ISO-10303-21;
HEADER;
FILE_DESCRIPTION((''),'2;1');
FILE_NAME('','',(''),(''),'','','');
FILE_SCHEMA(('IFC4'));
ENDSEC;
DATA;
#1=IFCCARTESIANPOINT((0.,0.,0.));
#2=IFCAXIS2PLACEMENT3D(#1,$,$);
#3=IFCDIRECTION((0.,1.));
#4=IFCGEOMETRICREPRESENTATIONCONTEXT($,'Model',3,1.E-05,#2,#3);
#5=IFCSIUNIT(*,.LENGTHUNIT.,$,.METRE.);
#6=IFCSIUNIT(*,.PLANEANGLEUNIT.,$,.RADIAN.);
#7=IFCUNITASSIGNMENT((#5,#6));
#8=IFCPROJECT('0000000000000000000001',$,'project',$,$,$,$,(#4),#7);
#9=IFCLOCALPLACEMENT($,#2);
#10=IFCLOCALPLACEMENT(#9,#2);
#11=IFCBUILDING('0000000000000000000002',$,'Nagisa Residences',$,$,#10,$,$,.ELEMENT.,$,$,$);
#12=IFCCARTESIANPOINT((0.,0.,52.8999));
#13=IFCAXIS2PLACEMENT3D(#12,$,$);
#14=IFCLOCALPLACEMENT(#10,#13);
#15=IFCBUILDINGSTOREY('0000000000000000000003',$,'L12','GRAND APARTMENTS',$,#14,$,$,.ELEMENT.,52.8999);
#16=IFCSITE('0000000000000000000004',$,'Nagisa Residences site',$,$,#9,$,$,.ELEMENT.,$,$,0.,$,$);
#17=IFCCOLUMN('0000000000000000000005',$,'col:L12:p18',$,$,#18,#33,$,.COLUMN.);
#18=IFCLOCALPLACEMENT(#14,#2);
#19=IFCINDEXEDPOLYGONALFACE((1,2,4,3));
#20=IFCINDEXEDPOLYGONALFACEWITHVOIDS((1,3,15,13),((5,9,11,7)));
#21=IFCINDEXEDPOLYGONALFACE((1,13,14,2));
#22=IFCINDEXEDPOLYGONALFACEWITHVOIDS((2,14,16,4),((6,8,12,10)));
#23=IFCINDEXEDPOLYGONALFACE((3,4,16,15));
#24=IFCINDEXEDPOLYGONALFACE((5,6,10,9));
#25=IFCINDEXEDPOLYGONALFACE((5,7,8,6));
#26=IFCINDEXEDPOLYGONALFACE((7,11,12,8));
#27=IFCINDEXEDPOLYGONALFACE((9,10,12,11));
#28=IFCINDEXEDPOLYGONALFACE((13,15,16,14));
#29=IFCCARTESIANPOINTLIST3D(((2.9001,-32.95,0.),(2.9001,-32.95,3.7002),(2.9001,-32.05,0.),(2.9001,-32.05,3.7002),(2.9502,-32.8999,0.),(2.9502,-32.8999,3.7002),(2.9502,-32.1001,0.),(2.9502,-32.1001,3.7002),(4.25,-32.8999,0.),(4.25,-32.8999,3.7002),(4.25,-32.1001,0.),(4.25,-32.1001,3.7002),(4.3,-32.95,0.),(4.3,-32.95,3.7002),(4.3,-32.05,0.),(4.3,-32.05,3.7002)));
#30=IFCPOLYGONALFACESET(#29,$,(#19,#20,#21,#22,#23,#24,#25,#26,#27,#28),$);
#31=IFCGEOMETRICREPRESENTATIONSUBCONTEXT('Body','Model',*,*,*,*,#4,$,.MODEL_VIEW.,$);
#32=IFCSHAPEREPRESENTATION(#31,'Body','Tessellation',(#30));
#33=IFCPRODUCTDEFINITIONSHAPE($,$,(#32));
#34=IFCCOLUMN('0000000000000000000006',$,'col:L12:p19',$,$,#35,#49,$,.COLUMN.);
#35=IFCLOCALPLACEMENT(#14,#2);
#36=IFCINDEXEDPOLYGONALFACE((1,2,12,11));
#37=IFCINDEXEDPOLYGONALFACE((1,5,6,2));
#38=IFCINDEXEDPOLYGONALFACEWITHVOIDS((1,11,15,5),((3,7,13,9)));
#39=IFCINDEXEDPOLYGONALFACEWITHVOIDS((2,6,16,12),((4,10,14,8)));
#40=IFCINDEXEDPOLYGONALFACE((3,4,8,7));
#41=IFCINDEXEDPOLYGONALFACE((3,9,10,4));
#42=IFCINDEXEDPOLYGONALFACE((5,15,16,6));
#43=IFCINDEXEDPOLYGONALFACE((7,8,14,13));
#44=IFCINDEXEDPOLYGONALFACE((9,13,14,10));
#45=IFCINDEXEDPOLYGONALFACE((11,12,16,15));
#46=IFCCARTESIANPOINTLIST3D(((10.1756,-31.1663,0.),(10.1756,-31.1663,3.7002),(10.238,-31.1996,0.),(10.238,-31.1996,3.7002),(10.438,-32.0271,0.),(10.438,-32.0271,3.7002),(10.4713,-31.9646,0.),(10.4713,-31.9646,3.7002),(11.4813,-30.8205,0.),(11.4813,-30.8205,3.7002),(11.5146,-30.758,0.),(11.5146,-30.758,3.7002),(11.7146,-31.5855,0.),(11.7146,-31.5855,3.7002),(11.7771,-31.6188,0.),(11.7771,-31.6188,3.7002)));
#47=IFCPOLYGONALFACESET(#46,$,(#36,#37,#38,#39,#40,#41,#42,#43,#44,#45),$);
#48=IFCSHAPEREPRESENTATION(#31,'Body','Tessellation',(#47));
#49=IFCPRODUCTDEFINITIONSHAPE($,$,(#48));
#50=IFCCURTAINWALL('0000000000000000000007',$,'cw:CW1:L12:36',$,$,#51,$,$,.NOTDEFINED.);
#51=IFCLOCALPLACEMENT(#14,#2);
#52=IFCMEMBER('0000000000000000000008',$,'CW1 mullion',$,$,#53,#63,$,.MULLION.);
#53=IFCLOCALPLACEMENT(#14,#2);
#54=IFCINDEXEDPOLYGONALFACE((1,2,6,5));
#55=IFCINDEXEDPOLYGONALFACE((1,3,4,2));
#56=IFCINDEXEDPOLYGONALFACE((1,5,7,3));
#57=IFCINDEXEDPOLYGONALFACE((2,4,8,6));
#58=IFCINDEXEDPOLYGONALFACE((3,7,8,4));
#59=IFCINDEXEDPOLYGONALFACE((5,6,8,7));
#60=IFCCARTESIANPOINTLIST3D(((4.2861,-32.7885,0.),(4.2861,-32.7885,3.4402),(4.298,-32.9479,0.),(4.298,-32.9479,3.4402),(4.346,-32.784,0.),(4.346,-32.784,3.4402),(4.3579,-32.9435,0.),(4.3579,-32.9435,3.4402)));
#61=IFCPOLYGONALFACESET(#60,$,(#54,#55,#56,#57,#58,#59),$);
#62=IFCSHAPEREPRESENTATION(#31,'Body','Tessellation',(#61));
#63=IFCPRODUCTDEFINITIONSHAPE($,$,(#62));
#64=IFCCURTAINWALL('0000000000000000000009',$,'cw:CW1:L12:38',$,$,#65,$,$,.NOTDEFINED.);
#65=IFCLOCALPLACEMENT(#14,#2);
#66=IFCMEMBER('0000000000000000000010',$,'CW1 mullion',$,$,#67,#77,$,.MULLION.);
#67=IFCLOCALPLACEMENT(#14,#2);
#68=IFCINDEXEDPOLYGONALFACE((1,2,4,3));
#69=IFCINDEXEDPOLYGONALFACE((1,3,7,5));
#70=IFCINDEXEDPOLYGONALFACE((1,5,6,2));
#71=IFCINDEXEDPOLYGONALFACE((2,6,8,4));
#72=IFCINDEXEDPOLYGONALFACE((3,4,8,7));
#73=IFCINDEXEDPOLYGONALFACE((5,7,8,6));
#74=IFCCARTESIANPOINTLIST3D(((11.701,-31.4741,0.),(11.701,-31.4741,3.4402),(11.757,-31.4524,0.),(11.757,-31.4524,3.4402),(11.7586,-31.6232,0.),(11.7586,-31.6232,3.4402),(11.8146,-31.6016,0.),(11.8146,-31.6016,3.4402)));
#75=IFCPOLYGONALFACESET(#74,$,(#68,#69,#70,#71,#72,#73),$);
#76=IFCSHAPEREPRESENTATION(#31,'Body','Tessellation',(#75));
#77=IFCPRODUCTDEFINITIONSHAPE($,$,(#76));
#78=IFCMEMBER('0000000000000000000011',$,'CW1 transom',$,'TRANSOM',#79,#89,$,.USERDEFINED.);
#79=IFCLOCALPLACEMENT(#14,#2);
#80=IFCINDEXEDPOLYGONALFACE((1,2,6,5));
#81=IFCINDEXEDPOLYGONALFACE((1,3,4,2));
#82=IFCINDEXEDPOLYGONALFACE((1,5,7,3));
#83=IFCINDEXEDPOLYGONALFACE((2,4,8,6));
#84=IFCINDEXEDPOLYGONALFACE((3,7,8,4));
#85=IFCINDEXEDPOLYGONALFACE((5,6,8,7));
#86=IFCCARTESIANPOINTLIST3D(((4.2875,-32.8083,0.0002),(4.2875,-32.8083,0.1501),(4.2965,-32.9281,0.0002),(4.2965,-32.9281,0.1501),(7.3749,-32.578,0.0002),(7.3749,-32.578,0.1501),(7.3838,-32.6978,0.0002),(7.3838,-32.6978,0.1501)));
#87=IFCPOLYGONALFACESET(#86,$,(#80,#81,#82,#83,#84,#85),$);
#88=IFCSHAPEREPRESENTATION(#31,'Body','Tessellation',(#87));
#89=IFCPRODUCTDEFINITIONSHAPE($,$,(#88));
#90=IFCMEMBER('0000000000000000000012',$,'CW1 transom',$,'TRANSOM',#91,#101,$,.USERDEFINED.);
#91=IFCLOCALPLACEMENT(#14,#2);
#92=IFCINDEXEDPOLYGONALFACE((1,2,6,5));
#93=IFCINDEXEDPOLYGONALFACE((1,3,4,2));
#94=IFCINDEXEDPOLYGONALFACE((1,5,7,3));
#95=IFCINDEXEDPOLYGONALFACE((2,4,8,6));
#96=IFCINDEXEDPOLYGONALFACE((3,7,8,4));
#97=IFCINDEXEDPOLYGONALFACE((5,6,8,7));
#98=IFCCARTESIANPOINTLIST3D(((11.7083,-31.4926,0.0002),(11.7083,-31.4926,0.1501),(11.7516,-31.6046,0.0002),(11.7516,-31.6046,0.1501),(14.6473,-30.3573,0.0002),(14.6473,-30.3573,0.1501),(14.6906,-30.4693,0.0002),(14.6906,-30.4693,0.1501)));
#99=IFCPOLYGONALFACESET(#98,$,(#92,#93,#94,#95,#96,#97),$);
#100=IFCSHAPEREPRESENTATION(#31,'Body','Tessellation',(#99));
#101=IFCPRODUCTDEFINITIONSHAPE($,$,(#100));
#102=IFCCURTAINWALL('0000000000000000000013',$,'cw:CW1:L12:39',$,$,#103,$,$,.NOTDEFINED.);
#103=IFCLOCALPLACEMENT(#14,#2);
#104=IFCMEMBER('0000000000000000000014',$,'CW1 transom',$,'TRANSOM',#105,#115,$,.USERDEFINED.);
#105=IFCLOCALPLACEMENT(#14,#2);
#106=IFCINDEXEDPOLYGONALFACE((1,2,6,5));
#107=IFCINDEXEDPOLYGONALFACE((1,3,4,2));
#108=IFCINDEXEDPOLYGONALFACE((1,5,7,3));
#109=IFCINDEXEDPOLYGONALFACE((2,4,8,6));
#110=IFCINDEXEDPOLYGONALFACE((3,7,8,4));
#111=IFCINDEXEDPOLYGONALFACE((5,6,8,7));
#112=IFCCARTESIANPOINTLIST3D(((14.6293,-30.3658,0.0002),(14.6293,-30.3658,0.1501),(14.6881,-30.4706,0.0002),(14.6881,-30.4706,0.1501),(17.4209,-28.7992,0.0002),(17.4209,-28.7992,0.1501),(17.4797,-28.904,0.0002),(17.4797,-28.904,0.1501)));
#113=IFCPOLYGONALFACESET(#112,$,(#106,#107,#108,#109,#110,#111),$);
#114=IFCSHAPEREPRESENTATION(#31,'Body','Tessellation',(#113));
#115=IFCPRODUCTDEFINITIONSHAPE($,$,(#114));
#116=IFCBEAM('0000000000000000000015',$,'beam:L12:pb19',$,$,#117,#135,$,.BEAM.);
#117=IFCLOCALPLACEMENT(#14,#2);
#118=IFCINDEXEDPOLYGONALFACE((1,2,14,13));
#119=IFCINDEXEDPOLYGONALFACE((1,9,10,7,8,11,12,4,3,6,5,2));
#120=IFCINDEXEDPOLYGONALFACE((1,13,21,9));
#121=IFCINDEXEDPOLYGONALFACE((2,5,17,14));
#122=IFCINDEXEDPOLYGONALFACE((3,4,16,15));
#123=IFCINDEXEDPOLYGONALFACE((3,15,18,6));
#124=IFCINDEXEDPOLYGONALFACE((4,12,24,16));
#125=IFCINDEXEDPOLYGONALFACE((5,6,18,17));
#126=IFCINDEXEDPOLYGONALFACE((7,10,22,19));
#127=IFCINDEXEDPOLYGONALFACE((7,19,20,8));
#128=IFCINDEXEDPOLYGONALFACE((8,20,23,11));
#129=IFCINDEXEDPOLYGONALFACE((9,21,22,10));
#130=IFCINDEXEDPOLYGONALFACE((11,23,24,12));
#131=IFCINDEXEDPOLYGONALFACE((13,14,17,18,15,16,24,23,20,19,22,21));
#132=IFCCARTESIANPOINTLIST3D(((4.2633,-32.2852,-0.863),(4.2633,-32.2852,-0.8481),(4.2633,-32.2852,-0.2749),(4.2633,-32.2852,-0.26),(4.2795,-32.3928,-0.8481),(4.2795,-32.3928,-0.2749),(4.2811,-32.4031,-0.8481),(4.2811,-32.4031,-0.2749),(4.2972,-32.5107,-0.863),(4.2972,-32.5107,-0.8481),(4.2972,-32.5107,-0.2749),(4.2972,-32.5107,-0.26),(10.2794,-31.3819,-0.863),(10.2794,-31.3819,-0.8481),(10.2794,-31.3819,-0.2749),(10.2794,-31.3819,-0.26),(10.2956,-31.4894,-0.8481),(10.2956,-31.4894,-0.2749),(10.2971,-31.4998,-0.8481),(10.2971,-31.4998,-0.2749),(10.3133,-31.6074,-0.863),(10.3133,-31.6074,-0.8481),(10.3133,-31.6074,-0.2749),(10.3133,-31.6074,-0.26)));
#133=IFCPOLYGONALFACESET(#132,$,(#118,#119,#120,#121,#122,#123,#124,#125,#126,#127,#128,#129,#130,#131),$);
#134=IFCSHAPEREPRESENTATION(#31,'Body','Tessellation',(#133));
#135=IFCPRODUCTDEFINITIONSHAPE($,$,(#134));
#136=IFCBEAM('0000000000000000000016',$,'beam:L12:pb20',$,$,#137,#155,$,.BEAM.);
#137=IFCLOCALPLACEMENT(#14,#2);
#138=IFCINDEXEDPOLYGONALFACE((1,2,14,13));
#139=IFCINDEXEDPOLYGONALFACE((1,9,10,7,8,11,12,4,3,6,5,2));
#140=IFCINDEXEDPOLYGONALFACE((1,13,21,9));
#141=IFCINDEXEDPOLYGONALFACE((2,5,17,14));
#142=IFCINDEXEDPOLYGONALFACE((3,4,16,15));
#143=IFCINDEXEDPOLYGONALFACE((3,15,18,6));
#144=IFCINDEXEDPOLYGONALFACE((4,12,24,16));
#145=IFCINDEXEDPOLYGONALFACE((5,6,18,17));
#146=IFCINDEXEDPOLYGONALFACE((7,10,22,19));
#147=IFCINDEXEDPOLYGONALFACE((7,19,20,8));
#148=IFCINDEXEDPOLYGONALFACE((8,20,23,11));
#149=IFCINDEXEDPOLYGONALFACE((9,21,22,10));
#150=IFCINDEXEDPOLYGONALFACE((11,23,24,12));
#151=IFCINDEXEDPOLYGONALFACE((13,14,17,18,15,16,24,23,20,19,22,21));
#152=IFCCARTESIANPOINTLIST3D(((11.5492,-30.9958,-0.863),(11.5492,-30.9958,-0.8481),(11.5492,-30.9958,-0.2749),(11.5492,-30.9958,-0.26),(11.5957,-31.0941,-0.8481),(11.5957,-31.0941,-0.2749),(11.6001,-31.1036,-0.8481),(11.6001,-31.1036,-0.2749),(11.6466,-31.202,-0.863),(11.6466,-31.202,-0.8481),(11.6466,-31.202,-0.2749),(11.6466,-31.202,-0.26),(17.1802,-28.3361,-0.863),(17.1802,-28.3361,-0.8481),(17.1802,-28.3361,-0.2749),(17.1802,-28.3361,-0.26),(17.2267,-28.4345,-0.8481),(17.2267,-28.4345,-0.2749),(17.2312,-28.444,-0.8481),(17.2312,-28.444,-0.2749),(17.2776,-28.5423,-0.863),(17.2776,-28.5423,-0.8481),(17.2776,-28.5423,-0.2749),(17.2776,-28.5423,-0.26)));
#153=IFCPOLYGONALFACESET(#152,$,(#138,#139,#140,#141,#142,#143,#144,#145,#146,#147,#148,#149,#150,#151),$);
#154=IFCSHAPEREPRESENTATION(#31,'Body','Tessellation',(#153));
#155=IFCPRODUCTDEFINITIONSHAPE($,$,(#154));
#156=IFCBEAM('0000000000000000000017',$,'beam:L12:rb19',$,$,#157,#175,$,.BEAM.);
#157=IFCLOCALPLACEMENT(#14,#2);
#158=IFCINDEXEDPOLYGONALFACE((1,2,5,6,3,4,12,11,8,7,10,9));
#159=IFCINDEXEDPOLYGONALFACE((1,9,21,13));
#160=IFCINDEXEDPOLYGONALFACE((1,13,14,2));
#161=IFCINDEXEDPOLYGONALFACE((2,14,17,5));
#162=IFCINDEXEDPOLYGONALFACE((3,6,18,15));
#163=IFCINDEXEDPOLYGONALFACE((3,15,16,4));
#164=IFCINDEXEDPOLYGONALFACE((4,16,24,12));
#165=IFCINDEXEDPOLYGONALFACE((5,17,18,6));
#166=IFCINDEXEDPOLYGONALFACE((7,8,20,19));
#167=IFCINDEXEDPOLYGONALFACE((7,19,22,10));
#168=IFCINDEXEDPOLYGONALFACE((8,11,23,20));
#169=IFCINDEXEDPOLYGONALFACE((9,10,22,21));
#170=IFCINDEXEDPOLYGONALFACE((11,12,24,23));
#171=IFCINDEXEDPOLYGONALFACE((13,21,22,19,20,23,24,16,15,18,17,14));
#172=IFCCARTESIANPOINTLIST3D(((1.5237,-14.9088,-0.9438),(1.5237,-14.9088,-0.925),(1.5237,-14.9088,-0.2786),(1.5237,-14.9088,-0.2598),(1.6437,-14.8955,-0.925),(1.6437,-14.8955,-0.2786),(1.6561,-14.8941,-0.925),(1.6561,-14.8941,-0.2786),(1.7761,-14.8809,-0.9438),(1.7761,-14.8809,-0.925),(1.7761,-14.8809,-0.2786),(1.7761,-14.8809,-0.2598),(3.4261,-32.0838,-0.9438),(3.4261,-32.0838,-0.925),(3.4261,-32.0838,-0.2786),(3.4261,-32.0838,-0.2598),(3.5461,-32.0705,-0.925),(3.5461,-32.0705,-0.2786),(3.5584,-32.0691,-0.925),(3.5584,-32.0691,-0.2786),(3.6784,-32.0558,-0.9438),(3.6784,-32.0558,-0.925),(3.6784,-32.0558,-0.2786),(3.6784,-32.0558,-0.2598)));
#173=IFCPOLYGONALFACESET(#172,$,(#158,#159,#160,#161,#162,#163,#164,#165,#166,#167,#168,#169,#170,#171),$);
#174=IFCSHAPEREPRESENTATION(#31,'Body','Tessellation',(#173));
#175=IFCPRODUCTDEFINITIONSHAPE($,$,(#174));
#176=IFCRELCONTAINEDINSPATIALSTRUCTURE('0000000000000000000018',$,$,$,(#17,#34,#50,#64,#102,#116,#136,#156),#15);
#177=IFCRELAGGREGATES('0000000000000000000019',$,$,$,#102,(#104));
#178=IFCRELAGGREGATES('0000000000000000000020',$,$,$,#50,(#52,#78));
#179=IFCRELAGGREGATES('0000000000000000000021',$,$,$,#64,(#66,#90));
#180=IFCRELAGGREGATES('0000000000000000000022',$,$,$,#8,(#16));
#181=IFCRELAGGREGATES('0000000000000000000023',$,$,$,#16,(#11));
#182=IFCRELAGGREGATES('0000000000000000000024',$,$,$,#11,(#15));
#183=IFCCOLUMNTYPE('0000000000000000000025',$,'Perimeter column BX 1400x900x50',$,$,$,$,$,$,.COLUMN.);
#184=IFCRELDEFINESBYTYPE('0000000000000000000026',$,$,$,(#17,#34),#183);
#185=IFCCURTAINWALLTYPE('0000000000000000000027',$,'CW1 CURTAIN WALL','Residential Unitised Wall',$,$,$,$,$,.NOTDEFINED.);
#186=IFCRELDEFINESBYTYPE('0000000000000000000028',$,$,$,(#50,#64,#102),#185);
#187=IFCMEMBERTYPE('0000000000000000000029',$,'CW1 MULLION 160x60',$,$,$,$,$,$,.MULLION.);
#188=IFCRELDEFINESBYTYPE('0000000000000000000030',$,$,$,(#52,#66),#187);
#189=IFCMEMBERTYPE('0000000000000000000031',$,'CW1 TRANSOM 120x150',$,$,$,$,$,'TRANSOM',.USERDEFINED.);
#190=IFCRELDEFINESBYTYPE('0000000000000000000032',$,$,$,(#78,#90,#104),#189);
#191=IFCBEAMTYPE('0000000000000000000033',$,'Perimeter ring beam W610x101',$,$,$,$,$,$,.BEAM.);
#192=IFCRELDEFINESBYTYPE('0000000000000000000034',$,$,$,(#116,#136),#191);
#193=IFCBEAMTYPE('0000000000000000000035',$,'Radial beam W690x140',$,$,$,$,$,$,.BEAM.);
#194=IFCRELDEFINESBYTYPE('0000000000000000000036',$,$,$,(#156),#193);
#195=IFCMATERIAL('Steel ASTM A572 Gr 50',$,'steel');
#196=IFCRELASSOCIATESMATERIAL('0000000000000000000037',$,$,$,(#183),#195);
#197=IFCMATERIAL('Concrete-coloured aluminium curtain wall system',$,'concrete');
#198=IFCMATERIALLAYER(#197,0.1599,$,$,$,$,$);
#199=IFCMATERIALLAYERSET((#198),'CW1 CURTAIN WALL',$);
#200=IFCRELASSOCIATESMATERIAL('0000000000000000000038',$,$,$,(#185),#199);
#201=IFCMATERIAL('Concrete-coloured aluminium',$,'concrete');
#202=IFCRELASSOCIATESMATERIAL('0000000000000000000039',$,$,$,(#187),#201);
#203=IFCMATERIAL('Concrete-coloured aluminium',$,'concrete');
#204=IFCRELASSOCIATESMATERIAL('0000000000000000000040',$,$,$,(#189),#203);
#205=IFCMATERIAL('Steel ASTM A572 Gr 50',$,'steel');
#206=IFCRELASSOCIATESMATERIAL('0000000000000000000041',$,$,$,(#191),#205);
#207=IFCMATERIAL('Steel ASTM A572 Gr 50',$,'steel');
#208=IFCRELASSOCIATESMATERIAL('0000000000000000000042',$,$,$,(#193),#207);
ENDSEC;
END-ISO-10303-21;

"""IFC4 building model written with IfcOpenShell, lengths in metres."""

from ifc_helpers import new_model, si_unit, direction, frame, origin, origin_2d, place, context, subcontext, project, spatial, rectangle, hollow_rectangle, i_section, extrude, material, layer, layer_set, material_profile, profile_set, type_object, element, aggregate, save


model = new_model("IFC4")

# Units and contexts
model_context = context("Model", 3, precision=1e-05, world=origin(), true_north=direction((0.0, 1.0)))
body_context = subcontext(model_context, "Body", "Model", "MODEL_VIEW")
ifc_project = project(units=[si_unit("LENGTHUNIT", "METRE"), si_unit("PLANEANGLEUNIT", "RADIAN")], contexts=[model_context])

# Site, building, storey
site_placement = place(None, origin())
site = spatial("IfcSite", under=ifc_project, at=site_placement, Name="Nagisa Residences site", CompositionType="ELEMENT", RefElevation=0.0)
building_placement = place(site_placement, origin())
building = spatial("IfcBuilding", under=site, at=building_placement, Name="Nagisa Residences", CompositionType="ELEMENT")
storey_placement = place(building_placement, frame((0.0, 0.0, 52.8999)))
storey = spatial("IfcBuildingStorey", under=building, at=storey_placement, Name="L12", Description="GRAND APARTMENTS", CompositionType="ELEMENT", Elevation=52.8999)

# Columns
ifc_material_1 = material(Name="Steel ASTM A572 Gr 50", Category="steel")
ifc_material_profile_1 = material_profile(ifc_material_1, hollow_rectangle(XDim=1.3999, YDim=0.8999, WallThickness=0.05, at=origin_2d()), Name="BX 1400x900x50")
ifc_profile_set_1 = profile_set([ifc_material_profile_1], Name="Steel ASTM A572 Gr 50")
column_type = type_object("IfcColumnType", Name="Perimeter column BX 1400x900x50", PredefinedType="COLUMN", material=ifc_profile_set_1)
for number, where, z_axis, x_axis, name in (
    (1, (3.6001, -32.5, 0.0), (0.0, 0.0, 1.0), (1.0, 0.0, 0.0), "col:L12:p18"),
    (2, (10.9763, -31.3926, 0.0), (0.0, 0.0, 1.0), (0.956525, 0.291652, 0.0), "col:L12:p19"),
):
    element("IfcColumn", number, at=place(storey_placement, frame(where, z_axis=z_axis, x_axis=x_axis)), inside=storey, type_object=column_type, Name=name, PredefinedType="COLUMN", context=body_context, shape_type="SweptSolid", body=[
        extrude(hollow_rectangle(XDim=1.3999, YDim=0.8999, WallThickness=0.05, at=origin_2d()), origin(), (0.0, 0.0, 1.0), 3.7002),
    ])

# Curtain walls, members
ifc_material_2 = material(Name="Concrete-coloured aluminium curtain wall system", Category="concrete")
ifc_layer_1 = layer(ifc_material_2, 0.1599)
ifc_layer_set_1 = layer_set([ifc_layer_1], Name="CW1 CURTAIN WALL")
curtain_wall_type = type_object("IfcCurtainWallType", Name="CW1 CURTAIN WALL", Description="Residential Unitised Wall", PredefinedType="NOTDEFINED", material=ifc_layer_set_1)
curtain_wall_1_placement = place(storey_placement, origin())
curtain_wall_1 = element("IfcCurtainWall", 3, at=curtain_wall_1_placement, inside=storey, type_object=curtain_wall_type, Name="cw:CW1:L12:36", PredefinedType="NOTDEFINED")
ifc_material_3 = material(Name="Concrete-coloured aluminium", Category="concrete")
ifc_material_profile_2 = material_profile(ifc_material_3, rectangle(XDim=0.1599, YDim=0.0601, at=origin_2d()), Name="CW1 MULLION 160x60")
ifc_profile_set_2 = profile_set([ifc_material_profile_2], Name="Concrete-coloured aluminium")
member_type_1 = type_object("IfcMemberType", Name="CW1 MULLION 160x60", PredefinedType="MULLION", material=ifc_profile_set_2)
member_1_placement = place(storey_placement, frame((4.322, -32.866, 0.0), z_axis=(0.0, 0.0, 1.0), x_axis=(-0.074377, 0.99723, 0.0)))
member_1 = element("IfcMember", 4, at=member_1_placement, type_object=member_type_1, Name="CW1 mullion", PredefinedType="MULLION", context=body_context, shape_type="SweptSolid", body=[
    extrude(rectangle(XDim=0.1599, YDim=0.0601, at=origin_2d()), origin(), (0.0, 0.0, 1.0), 3.4402),
])
curtain_wall_2_placement = place(storey_placement, origin())
curtain_wall_2 = element("IfcCurtainWall", 5, at=curtain_wall_2_placement, inside=storey, type_object=curtain_wall_type, Name="cw:CW1:L12:38", PredefinedType="NOTDEFINED")
member_2_placement = place(storey_placement, frame((11.7578, -31.5378, 0.0), z_axis=(0.0, 0.0, 1.0), x_axis=(-0.360328, 0.932826, 0.0)))
member_2 = element("IfcMember", 6, at=member_2_placement, type_object=member_type_1, Name="CW1 mullion", PredefinedType="MULLION", context=body_context, shape_type="SweptSolid", body=[
    extrude(rectangle(XDim=0.1599, YDim=0.0601, at=origin_2d()), origin(), (0.0, 0.0, 1.0), 3.4402),
])

# Members
ifc_material_4 = material(Name="Concrete-coloured aluminium", Category="concrete")
ifc_material_profile_3 = material_profile(ifc_material_4, rectangle(XDim=0.1201, YDim=0.1499, at=origin_2d()), Name="CW1 TRANSOM 120x150")
ifc_profile_set_3 = profile_set([ifc_material_profile_3], Name="Concrete-coloured aluminium")
member_type_2 = type_object("IfcMemberType", Name="CW1 TRANSOM 120x150", ElementType="TRANSOM", PredefinedType="USERDEFINED", material=ifc_profile_set_3)
member_3_placement = place(storey_placement, frame((4.292, -32.8682, 0.0752), z_axis=(0.997231, 0.074363, 0.0), x_axis=(-0.074363, 0.997231, 0.0)))
member_3 = element("IfcMember", 7, at=member_3_placement, type_object=member_type_2, Name="CW1 transom", ObjectType="TRANSOM", PredefinedType="USERDEFINED", context=body_context, shape_type="SweptSolid", body=[
    extrude(rectangle(XDim=0.1201, YDim=0.1499, at=origin_2d()), origin(), (0.0, 0.0, 1.0), 3.0959),
])
member_4_placement = place(storey_placement, frame((11.73, -31.5486, 0.0752), z_axis=(0.932825, 0.360329, 0.0), x_axis=(-0.360329, 0.932825, 0.0)))
member_4 = element("IfcMember", 8, at=member_4_placement, type_object=member_type_2, Name="CW1 transom", ObjectType="TRANSOM", PredefinedType="USERDEFINED", context=body_context, shape_type="SweptSolid", body=[
    extrude(rectangle(XDim=0.1201, YDim=0.1499, at=origin_2d()), origin(), (0.0, 0.0, 1.0), 3.1506),
])

# Curtain wall, member
curtain_wall_3_placement = place(storey_placement, origin())
curtain_wall_3 = element("IfcCurtainWall", 9, at=curtain_wall_3_placement, inside=storey, type_object=curtain_wall_type, Name="cw:CW1:L12:39", PredefinedType="NOTDEFINED")
member_5_placement = place(storey_placement, frame((14.6587, -30.4182, 0.0752), z_axis=(0.87207, 0.489381, 0.0), x_axis=(-0.489381, 0.87207, 0.0)))
member_5 = element("IfcMember", 10, at=member_5_placement, type_object=member_type_2, Name="CW1 transom", ObjectType="TRANSOM", PredefinedType="USERDEFINED", context=body_context, shape_type="SweptSolid", body=[
    extrude(rectangle(XDim=0.1201, YDim=0.1499, at=origin_2d()), origin(), (0.0, 0.0, 1.0), 3.2012),
])
aggregate(curtain_wall_3, [member_5])

# Beams
ifc_material_5 = material(Name="Steel ASTM A572 Gr 50", Category="steel")
ifc_material_profile_4 = material_profile(ifc_material_5, i_section(OverallWidth=0.228, OverallDepth=0.603, WebThickness=0.0105, FlangeThickness=0.0149, at=origin_2d()), Name="W610x101")
ifc_profile_set_4 = profile_set([ifc_material_profile_4], Name="Steel ASTM A572 Gr 50")
beam_type_1 = type_object("IfcBeamType", Name="Perimeter ring beam W610x101", PredefinedType="BEAM", material=ifc_profile_set_4)
beam_1_placement = place(storey_placement, frame((4.2803, -32.3979, -0.5615), z_axis=(0.988915, 0.148486, 0.0), x_axis=(-0.148486, 0.988915, 0.0)))
element("IfcBeam", 11, at=beam_1_placement, inside=storey, type_object=beam_type_1, Name="beam:L12:pb19", PredefinedType="BEAM", context=body_context, shape_type="SweptSolid", body=[
    extrude(i_section(OverallWidth=0.228, OverallDepth=0.603, WebThickness=0.0105, FlangeThickness=0.0149, at=origin_2d()), origin(), (0.0, 0.0, 1.0), 6.0835),
])
beam_2_placement = place(storey_placement, frame((11.5979, -31.0989, -0.5615), z_axis=(0.904215, 0.427077, 0.0), x_axis=(-0.427077, 0.904215, 0.0)))
element("IfcBeam", 12, at=beam_2_placement, inside=storey, type_object=beam_type_1, Name="beam:L12:pb20", PredefinedType="BEAM", context=body_context, shape_type="SweptSolid", body=[
    extrude(i_section(OverallWidth=0.228, OverallDepth=0.603, WebThickness=0.0105, FlangeThickness=0.0149, at=origin_2d()), origin(), (0.0, 0.0, 1.0), 6.2275),
])
ifc_material_6 = material(Name="Steel ASTM A572 Gr 50", Category="steel")
ifc_material_profile_5 = material_profile(ifc_material_6, i_section(OverallWidth=0.2539, OverallDepth=0.6841, WebThickness=0.0125, FlangeThickness=0.0188, at=origin_2d()), Name="W690x140")
ifc_profile_set_5 = profile_set([ifc_material_profile_5], Name="Steel ASTM A572 Gr 50")
beam_type_2 = type_object("IfcBeamType", Name="Radial beam W690x140", PredefinedType="BEAM", material=ifc_profile_set_5)
beam_3_placement = place(storey_placement, frame((3.5522, -32.0698, -0.6018), z_axis=(-0.110089, 0.993922, 0.0), x_axis=(-0.993922, -0.110089, 0.0)))
element("IfcBeam", 13, at=beam_3_placement, inside=storey, type_object=beam_type_2, Name="beam:L12:rb19", PredefinedType="BEAM", context=body_context, shape_type="SweptSolid", body=[
    extrude(i_section(OverallWidth=0.2539, OverallDepth=0.6841, WebThickness=0.0125, FlangeThickness=0.0188, at=origin_2d()), origin(), (0.0, 0.0, 1.0), 17.28),
])

aggregate(curtain_wall_1, [member_1, member_3])
aggregate(curtain_wall_2, [member_2, member_4])

save(model, "model.ifc")
